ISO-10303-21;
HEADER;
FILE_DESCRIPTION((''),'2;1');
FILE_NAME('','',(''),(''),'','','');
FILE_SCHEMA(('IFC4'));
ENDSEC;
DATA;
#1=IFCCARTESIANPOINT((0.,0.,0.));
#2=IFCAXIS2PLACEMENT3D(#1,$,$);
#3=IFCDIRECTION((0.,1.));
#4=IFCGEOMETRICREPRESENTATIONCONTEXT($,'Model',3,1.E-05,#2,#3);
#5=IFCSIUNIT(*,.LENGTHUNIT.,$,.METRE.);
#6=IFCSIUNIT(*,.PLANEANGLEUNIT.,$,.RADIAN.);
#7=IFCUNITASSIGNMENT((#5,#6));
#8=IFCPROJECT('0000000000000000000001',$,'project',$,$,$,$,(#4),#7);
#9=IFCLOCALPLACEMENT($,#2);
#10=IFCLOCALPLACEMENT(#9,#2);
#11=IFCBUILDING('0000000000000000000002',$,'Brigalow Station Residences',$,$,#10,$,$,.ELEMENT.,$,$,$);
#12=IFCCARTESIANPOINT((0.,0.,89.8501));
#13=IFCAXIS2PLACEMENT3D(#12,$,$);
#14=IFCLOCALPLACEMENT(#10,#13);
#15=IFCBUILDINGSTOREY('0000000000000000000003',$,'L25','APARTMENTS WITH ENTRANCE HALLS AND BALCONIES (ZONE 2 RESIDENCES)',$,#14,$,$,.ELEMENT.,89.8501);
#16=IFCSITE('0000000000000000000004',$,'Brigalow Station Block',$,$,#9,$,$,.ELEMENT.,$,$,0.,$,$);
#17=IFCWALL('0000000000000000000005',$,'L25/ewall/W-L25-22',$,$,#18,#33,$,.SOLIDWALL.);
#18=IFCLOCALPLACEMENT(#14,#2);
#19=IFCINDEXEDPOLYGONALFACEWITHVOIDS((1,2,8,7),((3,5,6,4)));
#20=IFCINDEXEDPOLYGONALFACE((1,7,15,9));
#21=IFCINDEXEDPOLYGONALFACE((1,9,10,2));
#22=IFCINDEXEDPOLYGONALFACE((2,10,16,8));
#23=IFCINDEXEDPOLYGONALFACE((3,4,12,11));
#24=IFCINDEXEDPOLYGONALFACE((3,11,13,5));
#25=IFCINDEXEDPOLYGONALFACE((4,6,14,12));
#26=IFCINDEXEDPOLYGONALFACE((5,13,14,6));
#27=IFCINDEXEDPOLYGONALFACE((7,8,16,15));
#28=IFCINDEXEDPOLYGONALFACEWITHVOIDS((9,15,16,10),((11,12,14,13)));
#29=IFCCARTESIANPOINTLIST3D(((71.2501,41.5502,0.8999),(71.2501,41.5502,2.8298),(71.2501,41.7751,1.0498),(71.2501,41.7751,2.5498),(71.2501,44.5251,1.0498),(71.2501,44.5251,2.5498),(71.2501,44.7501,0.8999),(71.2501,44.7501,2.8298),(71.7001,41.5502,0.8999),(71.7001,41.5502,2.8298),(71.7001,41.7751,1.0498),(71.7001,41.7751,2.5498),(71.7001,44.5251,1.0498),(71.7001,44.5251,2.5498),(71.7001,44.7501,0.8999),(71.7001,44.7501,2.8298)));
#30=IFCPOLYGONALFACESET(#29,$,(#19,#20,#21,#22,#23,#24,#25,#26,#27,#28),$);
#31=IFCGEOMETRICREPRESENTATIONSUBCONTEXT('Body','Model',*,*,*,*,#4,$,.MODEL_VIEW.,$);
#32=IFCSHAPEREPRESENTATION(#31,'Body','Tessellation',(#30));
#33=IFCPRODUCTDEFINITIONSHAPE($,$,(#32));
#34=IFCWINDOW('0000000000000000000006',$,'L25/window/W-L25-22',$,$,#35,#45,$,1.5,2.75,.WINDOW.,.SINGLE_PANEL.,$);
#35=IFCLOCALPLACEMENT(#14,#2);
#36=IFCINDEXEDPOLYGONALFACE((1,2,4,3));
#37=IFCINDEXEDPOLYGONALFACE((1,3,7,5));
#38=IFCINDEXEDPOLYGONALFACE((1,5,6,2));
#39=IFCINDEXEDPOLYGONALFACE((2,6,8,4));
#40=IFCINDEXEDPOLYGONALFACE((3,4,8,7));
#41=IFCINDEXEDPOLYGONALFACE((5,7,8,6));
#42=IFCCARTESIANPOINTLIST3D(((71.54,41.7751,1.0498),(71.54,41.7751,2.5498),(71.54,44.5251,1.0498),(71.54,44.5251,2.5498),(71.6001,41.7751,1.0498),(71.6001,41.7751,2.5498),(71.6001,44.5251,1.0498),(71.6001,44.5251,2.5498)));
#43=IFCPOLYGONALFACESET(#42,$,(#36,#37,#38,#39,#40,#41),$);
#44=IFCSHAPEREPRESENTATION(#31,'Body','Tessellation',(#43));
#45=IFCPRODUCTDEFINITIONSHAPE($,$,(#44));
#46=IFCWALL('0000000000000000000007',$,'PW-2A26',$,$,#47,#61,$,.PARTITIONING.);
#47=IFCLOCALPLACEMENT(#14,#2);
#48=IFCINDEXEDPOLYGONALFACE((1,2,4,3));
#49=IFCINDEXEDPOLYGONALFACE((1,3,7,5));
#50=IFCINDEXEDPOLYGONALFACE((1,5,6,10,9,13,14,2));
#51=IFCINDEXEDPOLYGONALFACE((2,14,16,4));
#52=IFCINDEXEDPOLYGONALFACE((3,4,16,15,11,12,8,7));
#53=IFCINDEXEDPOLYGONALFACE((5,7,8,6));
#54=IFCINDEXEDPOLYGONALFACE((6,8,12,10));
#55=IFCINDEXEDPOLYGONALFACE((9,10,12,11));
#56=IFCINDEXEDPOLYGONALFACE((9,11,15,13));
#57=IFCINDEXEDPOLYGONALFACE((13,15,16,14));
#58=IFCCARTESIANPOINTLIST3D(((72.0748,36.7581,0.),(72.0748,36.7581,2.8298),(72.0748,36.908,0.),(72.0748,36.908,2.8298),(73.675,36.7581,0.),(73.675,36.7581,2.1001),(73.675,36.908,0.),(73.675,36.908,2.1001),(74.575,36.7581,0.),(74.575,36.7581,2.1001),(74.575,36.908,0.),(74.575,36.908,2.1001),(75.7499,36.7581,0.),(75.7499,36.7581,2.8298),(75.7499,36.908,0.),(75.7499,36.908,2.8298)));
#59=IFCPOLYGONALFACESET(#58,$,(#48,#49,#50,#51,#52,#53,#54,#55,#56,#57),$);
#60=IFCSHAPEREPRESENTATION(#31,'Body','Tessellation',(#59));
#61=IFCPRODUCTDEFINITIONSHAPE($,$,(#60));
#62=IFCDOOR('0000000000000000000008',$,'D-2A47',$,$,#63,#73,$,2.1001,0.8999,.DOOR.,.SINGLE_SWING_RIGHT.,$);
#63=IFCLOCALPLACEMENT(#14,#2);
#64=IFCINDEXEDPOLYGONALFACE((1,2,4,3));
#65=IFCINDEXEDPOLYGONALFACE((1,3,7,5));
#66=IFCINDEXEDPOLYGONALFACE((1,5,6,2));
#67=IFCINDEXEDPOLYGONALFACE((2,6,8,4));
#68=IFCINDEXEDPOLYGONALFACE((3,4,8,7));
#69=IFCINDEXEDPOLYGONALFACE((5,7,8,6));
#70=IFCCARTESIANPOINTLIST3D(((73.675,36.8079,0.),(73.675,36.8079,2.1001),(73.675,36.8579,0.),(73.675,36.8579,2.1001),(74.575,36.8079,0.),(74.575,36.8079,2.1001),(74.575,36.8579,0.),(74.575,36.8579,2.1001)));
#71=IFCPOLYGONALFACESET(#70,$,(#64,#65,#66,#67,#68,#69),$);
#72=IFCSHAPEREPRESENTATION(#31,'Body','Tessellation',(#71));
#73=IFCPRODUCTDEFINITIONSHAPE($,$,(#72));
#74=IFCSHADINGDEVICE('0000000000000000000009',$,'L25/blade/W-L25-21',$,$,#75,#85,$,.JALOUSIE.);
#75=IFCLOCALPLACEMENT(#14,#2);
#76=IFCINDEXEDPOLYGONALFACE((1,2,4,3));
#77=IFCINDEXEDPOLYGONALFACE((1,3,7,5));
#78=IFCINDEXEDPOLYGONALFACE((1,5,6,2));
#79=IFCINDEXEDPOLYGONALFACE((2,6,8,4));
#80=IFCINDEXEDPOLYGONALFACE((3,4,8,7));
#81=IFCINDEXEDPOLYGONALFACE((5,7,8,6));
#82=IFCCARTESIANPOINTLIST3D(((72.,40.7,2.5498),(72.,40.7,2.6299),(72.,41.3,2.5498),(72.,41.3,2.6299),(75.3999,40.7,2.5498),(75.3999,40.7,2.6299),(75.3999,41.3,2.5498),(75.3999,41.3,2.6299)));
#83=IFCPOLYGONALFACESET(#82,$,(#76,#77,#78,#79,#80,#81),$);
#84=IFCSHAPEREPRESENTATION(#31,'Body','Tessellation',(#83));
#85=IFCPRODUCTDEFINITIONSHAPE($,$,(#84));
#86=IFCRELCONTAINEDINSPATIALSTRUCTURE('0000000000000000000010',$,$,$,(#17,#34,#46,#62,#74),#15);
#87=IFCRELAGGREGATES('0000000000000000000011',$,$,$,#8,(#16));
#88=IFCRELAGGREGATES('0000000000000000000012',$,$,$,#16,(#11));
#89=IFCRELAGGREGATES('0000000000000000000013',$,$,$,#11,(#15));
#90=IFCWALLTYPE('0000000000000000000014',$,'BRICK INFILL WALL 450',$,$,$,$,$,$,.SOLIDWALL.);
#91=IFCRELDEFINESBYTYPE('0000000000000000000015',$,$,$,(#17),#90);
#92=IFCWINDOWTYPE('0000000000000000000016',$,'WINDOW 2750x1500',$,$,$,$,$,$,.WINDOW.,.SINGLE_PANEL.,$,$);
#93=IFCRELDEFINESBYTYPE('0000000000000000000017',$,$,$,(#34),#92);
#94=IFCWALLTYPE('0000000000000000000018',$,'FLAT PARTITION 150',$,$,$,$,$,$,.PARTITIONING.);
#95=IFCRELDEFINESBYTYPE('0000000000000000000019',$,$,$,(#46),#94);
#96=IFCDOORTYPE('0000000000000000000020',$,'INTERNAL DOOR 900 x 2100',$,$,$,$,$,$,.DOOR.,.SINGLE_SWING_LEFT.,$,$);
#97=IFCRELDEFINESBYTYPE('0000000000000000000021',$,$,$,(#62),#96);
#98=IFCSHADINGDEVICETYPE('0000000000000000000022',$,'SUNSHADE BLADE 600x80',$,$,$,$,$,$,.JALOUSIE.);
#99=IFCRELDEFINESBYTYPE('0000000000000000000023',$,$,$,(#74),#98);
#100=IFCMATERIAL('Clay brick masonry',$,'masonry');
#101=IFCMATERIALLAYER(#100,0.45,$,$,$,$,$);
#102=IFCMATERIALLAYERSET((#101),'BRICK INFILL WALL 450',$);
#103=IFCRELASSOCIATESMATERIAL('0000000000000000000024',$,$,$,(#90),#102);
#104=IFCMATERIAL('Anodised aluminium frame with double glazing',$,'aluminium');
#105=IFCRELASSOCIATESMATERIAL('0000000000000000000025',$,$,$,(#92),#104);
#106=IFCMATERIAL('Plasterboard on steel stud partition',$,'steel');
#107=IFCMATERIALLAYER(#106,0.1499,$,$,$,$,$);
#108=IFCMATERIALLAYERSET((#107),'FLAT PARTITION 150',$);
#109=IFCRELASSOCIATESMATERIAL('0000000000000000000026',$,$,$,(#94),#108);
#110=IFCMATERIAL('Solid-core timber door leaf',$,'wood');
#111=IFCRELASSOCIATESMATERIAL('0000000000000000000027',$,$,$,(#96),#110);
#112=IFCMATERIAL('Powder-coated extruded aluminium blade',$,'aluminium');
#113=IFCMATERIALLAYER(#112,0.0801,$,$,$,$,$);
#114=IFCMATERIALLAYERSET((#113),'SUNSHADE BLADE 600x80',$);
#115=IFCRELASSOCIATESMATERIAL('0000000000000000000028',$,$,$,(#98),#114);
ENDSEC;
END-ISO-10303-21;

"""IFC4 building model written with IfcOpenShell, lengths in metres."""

from ifc_helpers import new_model, si_unit, direction, frame, frame_2d, origin, origin_2d, place, context, subcontext, project, spatial, rectangle, extrude, material, layer, layer_set, type_object, element, fill, save


model = new_model("IFC4")

# Units and contexts
model_context = context("Model", 3, precision=1e-05, world=origin(), true_north=direction((0.0, 1.0)))
body_context = subcontext(model_context, "Body", "Model", "MODEL_VIEW")
ifc_project = project(units=[si_unit("LENGTHUNIT", "METRE"), si_unit("PLANEANGLEUNIT", "RADIAN")], contexts=[model_context])

# Site, building, storey
site_placement = place(None, origin())
site = spatial("IfcSite", under=ifc_project, at=site_placement, Name="Brigalow Station Block", CompositionType="ELEMENT", RefElevation=0.0)
building_placement = place(site_placement, origin())
building = spatial("IfcBuilding", under=site, at=building_placement, Name="Brigalow Station Residences", CompositionType="ELEMENT")
storey_placement = place(building_placement, frame((0.0, 0.0, 89.8501)))
storey = spatial("IfcBuildingStorey", under=building, at=storey_placement, Name="L25", Description="APARTMENTS WITH ENTRANCE HALLS AND BALCONIES (ZONE 2 RESIDENCES)", CompositionType="ELEMENT", Elevation=89.8501)

# Wall, opening, window
ifc_material_1 = material(Name="Clay brick masonry", Category="masonry")
ifc_layer_1 = layer(ifc_material_1, 0.45)
ifc_layer_set_1 = layer_set([ifc_layer_1], Name="BRICK INFILL WALL 450")
wall_type_1 = type_object("IfcWallType", Name="BRICK INFILL WALL 450", PredefinedType="SOLIDWALL", material=ifc_layer_set_1)
wall_1_placement = place(storey_placement, frame((71.4751, 41.55, 0.8999), z_axis=(0.0, 0.0, 1.0), x_axis=(0.0, 1.0, 0.0)))
wall_1 = element("IfcWall", 1, at=wall_1_placement, inside=storey, type_object=wall_type_1, Name="L25/ewall/W-L25-22", PredefinedType="SOLIDWALL", context=body_context, shape_type="SweptSolid", body=[
    extrude(rectangle(XDim=3.2, YDim=0.45, at=frame_2d((1.6001, 0.0))), origin(), (0.0, 0.0, 1.0), 1.9299),
])
opening_1_placement = place(wall_1_placement, frame((0.2251, 0.0, 0.1499)))
opening_1 = element("IfcOpeningElement", 2, at=opening_1_placement, cuts=wall_1, PredefinedType="OPENING", context=body_context, shape_type="SweptSolid", body=[
    extrude(rectangle(XDim=2.75, YDim=1.5, at=frame_2d((1.375, 0.75))), frame((0.0, 0.2349, 0.0), z_axis=(0.0, -1.0, 0.0), x_axis=(1.0, 0.0, 0.0)), (0.0, 0.0, 1.0), 0.47),
])
ifc_material_2 = material(Name="Anodised aluminium frame with double glazing", Category="aluminium")
window_type_1 = type_object("IfcWindowType", Name="WINDOW 2750x1500", PartitioningType="SINGLE_PANEL", PredefinedType="WINDOW", material=ifc_material_2)
window_1_placement = place(opening_1_placement, origin())
window_1 = element("IfcWindow", 3, at=window_1_placement, inside=storey, type_object=window_type_1, Name="L25/window/W-L25-22", OverallHeight=1.5, OverallWidth=2.75, PartitioningType="SINGLE_PANEL", PredefinedType="WINDOW", context=body_context, shape_type="SweptSolid", body=[
    extrude(rectangle(XDim=2.75, YDim=1.5, at=frame_2d((1.375, 0.75))), frame((0.0, -0.0649, 0.0), z_axis=(0.0, -1.0, 0.0), x_axis=(1.0, 0.0, 0.0)), (0.0, 0.0, 1.0), 0.0601),
])
fill(opening_1, window_1)

# Wall, opening, door
ifc_material_3 = material(Name="Plasterboard on steel stud partition", Category="steel")
ifc_layer_2 = layer(ifc_material_3, 0.1499)
ifc_layer_set_2 = layer_set([ifc_layer_2], Name="FLAT PARTITION 150")
wall_type_2 = type_object("IfcWallType", Name="FLAT PARTITION 150", PredefinedType="PARTITIONING", material=ifc_layer_set_2)
wall_2_placement = place(storey_placement, frame((72.075, 36.833, 0.0), z_axis=(0.0, 0.0, 1.0), x_axis=(1.0, 0.0, 0.0)))
wall_2 = element("IfcWall", 4, at=wall_2_placement, inside=storey, type_object=wall_type_2, Name="PW-2A26", PredefinedType="PARTITIONING", context=body_context, shape_type="SweptSolid", body=[
    extrude(rectangle(XDim=3.675, YDim=0.1499, at=frame_2d((1.8374, 0.0))), origin(), (0.0, 0.0, 1.0), 2.8298),
])
opening_2_placement = place(wall_2_placement, frame((1.6001, 0.0, 0.0)))
opening_2 = element("IfcOpeningElement", 5, at=opening_2_placement, cuts=wall_2, PredefinedType="OPENING", context=body_context, shape_type="SweptSolid", body=[
    extrude(rectangle(XDim=0.8999, YDim=2.1001, at=frame_2d((0.45, 1.05))), frame((0.0, 0.085, 0.0), z_axis=(0.0, -1.0, 0.0), x_axis=(1.0, 0.0, 0.0)), (0.0, 0.0, 1.0), 0.1699),
])
ifc_material_4 = material(Name="Solid-core timber door leaf", Category="wood")
door_type = type_object("IfcDoorType", Name="INTERNAL DOOR 900 x 2100", OperationType="SINGLE_SWING_LEFT", PredefinedType="DOOR", material=ifc_material_4)
door_placement = place(opening_2_placement, origin())
door = element("IfcDoor", 6, at=door_placement, inside=storey, type_object=door_type, Name="D-2A47", OperationType="SINGLE_SWING_RIGHT", OverallHeight=2.1001, OverallWidth=0.8999, PredefinedType="DOOR", context=body_context, shape_type="SweptSolid", body=[
    extrude(rectangle(XDim=0.8999, YDim=2.1001, at=frame_2d((0.45, 1.05))), frame((0.0, 0.0249, 0.0), z_axis=(0.0, -1.0, 0.0), x_axis=(1.0, 0.0, 0.0)), (0.0, 0.0, 1.0), 0.05),
])
fill(opening_2, door)

# Shading device
ifc_material_5 = material(Name="Powder-coated extruded aluminium blade", Category="aluminium")
ifc_layer_3 = layer(ifc_material_5, 0.0801)
ifc_layer_set_3 = layer_set([ifc_layer_3], Name="SUNSHADE BLADE 600x80")
shading_device_type = type_object("IfcShadingDeviceType", Name="SUNSHADE BLADE 600x80", PredefinedType="JALOUSIE", material=ifc_layer_set_3)
shading_device_placement = place(storey_placement, frame((73.7, 41.0, 2.5498), z_axis=(0.0, 0.0, 1.0), x_axis=(-1.0, 0.0, 0.0)))
element("IfcShadingDevice", 7, at=shading_device_placement, inside=storey, type_object=shading_device_type, Name="L25/blade/W-L25-21", PredefinedType="JALOUSIE", context=body_context, shape_type="SweptSolid", body=[
    extrude(rectangle(XDim=3.3999, YDim=0.6001, at=origin_2d()), origin(), (0.0, 0.0, 1.0), 0.0801),
])

save(model, "model.ifc")
